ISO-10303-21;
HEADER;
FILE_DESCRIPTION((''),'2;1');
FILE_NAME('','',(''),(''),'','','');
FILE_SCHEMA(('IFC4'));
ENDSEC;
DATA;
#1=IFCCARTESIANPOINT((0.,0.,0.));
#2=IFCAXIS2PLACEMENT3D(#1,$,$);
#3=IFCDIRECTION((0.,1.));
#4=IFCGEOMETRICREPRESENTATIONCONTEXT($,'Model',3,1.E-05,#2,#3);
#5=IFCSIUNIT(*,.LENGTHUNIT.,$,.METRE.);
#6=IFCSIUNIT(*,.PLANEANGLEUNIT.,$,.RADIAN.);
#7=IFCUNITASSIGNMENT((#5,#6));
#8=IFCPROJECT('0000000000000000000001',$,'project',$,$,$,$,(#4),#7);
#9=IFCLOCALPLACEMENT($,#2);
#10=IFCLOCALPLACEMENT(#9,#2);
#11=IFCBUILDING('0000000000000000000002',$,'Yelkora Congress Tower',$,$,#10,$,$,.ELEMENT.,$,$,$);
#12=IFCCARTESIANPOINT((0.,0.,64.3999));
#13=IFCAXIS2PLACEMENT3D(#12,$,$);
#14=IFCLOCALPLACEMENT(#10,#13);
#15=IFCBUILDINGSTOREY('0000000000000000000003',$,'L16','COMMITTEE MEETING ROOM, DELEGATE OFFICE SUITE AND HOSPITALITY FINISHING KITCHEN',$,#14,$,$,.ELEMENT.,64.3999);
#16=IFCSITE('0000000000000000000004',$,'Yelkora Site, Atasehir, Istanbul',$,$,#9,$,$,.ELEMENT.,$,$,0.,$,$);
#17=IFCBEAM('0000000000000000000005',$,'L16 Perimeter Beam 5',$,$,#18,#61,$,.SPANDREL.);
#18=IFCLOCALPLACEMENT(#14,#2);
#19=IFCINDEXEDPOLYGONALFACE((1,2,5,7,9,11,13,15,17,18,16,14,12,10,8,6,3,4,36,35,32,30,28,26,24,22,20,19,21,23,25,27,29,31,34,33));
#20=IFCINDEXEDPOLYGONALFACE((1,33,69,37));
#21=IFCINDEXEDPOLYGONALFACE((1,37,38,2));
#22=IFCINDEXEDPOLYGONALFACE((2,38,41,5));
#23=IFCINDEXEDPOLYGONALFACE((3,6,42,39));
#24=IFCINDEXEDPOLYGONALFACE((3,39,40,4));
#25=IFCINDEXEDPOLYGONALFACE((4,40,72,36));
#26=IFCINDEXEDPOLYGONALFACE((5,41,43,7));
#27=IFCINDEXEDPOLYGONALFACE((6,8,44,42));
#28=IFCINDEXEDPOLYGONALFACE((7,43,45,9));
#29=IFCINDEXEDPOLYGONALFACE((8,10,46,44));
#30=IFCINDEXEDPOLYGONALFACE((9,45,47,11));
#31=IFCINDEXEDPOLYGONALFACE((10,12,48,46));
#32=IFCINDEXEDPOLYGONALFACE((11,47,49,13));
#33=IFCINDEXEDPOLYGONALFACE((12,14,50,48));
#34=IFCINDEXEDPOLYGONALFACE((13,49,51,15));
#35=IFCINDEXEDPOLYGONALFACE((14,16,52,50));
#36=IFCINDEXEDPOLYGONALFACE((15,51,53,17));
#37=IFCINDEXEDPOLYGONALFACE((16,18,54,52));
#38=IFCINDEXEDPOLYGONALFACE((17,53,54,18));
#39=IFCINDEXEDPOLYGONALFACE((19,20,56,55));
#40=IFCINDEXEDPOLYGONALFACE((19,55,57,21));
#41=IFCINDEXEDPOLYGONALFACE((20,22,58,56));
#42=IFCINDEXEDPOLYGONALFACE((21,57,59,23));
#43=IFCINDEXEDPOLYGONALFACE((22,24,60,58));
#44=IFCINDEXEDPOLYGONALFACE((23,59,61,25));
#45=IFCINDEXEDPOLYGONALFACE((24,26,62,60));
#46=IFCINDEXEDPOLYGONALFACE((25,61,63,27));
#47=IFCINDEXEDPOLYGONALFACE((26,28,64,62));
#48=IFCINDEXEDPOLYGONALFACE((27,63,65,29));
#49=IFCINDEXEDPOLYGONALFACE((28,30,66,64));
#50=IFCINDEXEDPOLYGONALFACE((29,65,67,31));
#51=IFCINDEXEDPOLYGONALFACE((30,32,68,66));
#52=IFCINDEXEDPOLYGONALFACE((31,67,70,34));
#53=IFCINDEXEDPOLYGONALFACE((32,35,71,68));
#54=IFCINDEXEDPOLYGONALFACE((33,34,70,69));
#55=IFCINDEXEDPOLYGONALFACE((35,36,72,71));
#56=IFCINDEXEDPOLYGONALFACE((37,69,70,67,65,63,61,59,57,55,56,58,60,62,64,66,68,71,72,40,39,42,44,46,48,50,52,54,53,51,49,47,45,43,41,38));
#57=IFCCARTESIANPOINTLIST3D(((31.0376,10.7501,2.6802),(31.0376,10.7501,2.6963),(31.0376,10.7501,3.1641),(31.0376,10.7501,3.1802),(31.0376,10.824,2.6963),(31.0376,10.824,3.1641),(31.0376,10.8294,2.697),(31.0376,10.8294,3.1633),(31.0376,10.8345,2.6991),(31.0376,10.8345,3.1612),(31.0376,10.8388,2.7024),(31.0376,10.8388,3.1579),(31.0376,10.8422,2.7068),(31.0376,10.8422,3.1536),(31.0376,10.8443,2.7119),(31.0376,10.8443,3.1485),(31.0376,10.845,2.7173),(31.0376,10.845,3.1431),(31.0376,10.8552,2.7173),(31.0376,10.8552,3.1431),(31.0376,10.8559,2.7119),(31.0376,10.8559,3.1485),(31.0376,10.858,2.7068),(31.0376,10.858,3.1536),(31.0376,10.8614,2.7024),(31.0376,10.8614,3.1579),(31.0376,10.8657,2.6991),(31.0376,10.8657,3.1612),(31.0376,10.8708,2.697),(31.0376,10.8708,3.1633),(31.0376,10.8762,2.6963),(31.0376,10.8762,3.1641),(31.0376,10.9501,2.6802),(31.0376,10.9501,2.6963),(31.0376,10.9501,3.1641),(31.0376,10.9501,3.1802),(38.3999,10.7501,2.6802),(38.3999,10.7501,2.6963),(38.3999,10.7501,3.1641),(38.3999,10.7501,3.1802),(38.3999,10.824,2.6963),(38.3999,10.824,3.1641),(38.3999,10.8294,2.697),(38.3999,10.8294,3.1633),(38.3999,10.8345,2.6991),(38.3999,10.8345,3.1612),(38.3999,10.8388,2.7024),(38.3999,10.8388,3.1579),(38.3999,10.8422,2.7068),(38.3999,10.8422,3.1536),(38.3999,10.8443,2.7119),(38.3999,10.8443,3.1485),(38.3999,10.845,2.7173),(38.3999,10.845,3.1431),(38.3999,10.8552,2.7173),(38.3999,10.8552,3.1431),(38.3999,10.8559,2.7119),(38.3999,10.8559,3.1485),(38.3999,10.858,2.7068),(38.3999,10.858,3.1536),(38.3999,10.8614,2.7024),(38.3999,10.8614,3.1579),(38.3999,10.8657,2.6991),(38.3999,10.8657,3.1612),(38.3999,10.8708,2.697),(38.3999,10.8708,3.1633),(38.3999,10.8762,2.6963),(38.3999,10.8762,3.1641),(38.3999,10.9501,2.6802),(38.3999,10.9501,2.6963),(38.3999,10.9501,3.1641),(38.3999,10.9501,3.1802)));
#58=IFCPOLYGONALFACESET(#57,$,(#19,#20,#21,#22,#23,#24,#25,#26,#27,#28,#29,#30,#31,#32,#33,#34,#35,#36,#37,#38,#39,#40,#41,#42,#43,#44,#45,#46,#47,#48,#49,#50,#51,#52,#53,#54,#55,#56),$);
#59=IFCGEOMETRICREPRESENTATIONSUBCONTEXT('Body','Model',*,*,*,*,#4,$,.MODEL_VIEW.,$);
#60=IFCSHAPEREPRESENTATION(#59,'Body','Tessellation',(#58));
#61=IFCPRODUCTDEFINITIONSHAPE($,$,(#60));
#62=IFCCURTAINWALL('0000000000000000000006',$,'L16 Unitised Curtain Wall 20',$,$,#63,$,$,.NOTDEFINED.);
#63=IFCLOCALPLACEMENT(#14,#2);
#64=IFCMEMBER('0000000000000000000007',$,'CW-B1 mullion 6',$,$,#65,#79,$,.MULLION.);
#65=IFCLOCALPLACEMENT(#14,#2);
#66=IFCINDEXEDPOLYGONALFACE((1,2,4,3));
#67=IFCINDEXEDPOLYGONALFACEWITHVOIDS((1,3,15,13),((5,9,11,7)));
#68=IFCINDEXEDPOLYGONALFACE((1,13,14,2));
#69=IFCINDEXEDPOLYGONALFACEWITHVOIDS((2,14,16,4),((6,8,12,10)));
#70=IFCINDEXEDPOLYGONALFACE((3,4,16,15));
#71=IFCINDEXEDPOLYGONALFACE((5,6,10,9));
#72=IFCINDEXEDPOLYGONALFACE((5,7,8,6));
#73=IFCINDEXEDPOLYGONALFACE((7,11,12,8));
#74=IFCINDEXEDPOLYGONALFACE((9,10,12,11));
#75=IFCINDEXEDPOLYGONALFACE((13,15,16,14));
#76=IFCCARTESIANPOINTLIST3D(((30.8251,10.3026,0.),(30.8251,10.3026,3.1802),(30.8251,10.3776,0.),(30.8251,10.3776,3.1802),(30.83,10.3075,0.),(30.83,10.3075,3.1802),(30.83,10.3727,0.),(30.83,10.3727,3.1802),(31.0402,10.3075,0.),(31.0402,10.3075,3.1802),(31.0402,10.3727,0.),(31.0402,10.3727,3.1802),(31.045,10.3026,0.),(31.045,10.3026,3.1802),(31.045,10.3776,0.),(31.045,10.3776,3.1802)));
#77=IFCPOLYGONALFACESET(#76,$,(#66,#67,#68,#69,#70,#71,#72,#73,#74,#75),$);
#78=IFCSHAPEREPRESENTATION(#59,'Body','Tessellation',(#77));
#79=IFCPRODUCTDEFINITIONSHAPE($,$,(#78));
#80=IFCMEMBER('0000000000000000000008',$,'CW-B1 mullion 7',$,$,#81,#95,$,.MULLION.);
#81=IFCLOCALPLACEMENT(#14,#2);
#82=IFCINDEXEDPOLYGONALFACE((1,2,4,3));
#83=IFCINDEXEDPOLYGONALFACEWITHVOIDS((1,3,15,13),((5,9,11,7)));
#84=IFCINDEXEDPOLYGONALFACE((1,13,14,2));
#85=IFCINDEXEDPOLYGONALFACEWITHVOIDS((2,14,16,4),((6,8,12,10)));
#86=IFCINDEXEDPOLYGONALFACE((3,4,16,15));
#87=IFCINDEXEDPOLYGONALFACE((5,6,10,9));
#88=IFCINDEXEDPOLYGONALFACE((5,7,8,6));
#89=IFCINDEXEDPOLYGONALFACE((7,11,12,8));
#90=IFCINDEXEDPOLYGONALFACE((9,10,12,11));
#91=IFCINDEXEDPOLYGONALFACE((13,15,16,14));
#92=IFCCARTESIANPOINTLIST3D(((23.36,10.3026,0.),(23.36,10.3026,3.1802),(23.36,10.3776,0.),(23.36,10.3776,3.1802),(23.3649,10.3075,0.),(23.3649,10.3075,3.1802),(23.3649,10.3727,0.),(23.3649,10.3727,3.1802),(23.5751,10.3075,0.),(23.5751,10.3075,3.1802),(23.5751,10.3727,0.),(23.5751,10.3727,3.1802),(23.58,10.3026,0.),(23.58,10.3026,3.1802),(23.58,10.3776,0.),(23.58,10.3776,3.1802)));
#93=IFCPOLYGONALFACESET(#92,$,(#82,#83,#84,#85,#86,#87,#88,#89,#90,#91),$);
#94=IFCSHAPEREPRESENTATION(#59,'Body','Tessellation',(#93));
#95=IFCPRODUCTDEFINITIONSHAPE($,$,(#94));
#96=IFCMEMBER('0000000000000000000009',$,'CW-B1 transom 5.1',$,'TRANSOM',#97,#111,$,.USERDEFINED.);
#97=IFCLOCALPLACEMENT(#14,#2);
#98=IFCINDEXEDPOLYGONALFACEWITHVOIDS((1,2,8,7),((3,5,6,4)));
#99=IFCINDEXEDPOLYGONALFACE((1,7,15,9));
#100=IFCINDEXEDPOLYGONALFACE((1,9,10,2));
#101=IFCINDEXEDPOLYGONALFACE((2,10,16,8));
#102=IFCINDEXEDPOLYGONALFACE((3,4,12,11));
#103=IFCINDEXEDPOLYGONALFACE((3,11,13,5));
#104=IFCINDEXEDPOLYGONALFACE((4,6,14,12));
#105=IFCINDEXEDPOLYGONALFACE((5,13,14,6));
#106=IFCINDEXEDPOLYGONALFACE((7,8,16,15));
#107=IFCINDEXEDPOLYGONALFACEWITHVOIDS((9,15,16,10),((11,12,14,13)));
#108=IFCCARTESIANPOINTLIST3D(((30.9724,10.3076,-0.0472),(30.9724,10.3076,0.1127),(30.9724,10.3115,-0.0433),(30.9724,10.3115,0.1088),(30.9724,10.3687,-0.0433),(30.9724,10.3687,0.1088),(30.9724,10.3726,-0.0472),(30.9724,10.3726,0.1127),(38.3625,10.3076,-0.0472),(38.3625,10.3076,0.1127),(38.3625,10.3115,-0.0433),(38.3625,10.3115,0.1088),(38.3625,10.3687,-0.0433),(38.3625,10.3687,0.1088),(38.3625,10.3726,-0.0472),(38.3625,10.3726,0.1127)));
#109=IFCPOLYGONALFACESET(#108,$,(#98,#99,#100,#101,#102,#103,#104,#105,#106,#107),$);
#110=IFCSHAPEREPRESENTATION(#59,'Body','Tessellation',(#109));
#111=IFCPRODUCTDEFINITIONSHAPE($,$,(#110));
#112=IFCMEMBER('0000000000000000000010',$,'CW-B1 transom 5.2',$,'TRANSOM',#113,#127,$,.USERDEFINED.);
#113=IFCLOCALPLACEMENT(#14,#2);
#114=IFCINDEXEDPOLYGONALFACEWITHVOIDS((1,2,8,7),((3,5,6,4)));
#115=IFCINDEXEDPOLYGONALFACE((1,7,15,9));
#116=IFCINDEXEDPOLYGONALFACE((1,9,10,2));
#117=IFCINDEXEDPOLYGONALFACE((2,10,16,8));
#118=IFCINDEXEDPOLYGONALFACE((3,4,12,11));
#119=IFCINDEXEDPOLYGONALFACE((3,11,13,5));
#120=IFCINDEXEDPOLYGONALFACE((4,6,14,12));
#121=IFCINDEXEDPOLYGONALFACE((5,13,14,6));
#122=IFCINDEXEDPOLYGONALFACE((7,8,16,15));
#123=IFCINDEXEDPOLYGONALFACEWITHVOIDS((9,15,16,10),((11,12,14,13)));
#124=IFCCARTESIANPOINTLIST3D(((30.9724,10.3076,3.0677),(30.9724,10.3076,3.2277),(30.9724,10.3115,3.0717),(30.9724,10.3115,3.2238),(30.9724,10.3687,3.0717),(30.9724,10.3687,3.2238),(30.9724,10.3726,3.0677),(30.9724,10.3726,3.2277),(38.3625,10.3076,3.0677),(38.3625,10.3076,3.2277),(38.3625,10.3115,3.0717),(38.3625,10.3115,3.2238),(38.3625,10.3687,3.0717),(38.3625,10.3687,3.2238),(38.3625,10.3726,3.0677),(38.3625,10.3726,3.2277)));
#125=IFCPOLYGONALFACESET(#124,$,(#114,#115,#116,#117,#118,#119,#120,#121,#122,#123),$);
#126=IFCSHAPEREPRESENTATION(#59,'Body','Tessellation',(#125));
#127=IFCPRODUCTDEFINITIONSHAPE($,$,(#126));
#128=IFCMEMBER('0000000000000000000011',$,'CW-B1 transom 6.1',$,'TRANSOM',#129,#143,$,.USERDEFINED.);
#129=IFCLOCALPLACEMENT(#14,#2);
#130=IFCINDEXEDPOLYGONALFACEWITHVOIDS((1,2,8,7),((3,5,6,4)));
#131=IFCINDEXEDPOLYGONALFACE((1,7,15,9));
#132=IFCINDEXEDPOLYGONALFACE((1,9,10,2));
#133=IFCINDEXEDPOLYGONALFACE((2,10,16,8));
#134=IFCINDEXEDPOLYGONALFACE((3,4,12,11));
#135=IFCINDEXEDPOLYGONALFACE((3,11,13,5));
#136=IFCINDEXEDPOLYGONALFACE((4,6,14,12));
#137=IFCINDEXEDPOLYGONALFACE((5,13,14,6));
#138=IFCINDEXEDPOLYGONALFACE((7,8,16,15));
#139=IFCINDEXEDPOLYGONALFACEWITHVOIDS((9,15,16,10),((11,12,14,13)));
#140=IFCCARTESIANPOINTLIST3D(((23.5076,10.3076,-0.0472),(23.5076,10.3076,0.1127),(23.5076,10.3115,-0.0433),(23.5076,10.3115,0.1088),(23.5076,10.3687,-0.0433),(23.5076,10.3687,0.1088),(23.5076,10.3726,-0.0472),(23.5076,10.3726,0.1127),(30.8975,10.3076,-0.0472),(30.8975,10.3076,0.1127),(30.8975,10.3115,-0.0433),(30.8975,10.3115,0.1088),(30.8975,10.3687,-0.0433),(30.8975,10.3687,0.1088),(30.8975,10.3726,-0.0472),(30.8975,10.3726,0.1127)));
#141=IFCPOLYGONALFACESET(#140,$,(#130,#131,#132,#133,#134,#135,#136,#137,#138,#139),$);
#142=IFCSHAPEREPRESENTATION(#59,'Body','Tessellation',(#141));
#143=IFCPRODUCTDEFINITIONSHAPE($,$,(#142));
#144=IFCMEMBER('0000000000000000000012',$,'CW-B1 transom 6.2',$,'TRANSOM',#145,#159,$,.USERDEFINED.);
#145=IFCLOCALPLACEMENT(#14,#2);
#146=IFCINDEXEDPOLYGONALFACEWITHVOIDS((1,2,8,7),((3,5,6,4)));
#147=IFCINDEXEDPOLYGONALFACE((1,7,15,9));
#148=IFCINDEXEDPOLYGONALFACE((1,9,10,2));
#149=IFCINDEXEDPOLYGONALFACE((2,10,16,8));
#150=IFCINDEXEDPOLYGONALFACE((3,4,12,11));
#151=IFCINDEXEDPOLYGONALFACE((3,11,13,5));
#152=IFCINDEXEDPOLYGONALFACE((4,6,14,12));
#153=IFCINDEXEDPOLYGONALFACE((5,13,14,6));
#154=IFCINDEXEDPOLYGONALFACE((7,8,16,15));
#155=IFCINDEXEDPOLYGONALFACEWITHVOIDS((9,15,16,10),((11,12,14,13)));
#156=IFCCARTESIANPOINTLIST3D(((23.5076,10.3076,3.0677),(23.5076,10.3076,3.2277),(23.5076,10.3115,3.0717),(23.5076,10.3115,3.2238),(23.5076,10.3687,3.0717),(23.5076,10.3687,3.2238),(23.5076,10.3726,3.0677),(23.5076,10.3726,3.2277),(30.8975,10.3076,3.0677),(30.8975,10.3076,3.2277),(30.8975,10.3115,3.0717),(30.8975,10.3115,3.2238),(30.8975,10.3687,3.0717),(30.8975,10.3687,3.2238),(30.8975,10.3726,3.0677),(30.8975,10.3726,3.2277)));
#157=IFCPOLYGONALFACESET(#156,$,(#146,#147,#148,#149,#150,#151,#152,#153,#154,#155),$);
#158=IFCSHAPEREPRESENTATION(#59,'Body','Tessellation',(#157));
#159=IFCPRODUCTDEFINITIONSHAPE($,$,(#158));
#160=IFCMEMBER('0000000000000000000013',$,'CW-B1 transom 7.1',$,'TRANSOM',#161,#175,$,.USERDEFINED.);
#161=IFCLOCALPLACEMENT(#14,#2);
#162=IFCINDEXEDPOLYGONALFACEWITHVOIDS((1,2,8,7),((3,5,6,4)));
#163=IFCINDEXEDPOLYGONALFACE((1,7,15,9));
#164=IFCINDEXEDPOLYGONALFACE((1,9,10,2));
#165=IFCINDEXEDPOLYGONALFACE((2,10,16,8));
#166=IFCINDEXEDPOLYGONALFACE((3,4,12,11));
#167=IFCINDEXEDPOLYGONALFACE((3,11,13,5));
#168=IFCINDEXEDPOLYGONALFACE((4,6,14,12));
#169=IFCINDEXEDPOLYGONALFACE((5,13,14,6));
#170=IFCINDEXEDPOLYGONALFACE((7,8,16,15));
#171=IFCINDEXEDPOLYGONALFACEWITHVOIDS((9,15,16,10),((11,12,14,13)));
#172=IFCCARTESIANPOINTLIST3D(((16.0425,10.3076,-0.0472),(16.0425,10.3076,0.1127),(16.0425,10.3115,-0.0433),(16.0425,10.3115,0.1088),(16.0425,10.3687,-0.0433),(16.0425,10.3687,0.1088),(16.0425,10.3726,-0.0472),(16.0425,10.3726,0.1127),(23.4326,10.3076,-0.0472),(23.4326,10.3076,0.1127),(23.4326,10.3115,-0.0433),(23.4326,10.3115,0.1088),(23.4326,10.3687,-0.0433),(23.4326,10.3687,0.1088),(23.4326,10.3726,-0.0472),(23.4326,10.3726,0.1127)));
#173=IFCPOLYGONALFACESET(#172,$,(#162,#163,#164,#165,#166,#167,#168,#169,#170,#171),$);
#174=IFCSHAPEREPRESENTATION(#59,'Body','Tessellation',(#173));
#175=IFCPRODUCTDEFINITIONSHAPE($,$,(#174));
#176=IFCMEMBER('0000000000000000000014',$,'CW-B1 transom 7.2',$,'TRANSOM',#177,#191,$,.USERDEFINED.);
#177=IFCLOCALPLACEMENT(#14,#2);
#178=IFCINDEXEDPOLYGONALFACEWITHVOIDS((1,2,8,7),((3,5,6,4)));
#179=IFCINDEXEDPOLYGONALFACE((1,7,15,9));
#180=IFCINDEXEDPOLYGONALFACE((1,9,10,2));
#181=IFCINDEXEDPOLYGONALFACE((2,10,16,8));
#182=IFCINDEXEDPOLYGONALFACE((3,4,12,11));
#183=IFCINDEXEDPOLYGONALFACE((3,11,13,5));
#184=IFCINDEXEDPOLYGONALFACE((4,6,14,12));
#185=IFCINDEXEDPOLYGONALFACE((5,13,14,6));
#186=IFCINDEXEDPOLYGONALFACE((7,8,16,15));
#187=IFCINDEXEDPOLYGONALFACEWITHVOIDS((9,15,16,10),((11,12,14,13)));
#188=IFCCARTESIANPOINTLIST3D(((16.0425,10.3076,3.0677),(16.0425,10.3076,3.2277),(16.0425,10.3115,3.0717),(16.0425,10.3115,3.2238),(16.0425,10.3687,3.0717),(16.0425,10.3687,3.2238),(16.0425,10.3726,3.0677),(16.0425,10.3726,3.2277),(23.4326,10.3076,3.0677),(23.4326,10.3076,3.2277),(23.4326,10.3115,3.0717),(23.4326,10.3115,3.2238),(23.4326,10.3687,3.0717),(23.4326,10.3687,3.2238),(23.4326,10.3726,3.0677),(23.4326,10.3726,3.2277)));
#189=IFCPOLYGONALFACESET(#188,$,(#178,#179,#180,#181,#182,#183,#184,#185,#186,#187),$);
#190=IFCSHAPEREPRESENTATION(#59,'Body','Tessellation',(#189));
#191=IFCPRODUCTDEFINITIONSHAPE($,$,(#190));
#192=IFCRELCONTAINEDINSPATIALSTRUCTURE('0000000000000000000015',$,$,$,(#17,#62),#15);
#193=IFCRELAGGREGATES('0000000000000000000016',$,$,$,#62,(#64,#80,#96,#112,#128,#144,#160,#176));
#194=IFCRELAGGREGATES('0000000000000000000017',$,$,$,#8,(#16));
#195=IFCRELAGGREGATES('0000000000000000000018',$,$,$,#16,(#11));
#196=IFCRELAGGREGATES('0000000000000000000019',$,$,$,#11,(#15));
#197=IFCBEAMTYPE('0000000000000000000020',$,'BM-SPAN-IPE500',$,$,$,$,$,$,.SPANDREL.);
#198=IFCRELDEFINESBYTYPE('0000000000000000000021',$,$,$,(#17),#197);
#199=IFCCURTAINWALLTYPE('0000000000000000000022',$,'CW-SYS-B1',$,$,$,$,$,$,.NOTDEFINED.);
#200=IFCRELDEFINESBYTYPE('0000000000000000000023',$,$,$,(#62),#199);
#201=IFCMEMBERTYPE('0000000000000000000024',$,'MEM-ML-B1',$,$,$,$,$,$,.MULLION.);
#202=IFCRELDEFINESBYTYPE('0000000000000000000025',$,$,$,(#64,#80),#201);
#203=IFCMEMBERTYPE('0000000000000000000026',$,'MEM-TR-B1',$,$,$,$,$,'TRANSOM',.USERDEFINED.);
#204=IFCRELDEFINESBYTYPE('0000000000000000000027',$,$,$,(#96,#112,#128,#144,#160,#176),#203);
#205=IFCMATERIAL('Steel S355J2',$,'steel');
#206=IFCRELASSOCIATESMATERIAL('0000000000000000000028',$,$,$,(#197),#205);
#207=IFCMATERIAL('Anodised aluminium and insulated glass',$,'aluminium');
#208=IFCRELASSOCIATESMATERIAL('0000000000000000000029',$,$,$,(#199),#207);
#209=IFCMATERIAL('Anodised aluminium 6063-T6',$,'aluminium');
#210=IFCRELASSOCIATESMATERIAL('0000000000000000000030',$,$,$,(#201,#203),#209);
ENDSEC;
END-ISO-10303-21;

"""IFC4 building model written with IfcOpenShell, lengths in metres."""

from ifc_helpers import new_model, si_unit, direction, frame, origin, origin_2d, place, context, subcontext, project, spatial, hollow_rectangle, i_section, extrude, material, material_profile, profile_set, type_object, element, aggregate, save


model = new_model("IFC4")

# Units and contexts
model_context = context("Model", 3, precision=1e-05, world=origin(), true_north=direction((0.0, 1.0)))
body_context = subcontext(model_context, "Body", "Model", "MODEL_VIEW")
ifc_project = project(units=[si_unit("LENGTHUNIT", "METRE"), si_unit("PLANEANGLEUNIT", "RADIAN")], contexts=[model_context])

# Site, building, storey
site_placement = place(None, origin())
site = spatial("IfcSite", under=ifc_project, at=site_placement, Name="Yelkora Site, Atasehir, Istanbul", CompositionType="ELEMENT", RefElevation=0.0)
building_placement = place(site_placement, origin())
building = spatial("IfcBuilding", under=site, at=building_placement, Name="Yelkora Congress Tower", CompositionType="ELEMENT")
storey_placement = place(building_placement, frame((0.0, 0.0, 64.3999)))
storey = spatial("IfcBuildingStorey", under=building, at=storey_placement, Name="L16", Description="COMMITTEE MEETING ROOM, DELEGATE OFFICE SUITE AND HOSPITALITY FINISHING KITCHEN", CompositionType="ELEMENT", Elevation=64.3999)

# Beam
ifc_material_1 = material(Name="Steel S355J2", Category="steel")
ifc_material_profile_1 = material_profile(ifc_material_1, i_section(OverallWidth=0.2, OverallDepth=0.5, WebThickness=0.0103, FlangeThickness=0.0161, FilletRadius=0.021, at=origin_2d()), Name="IPE 500")
ifc_profile_set_1 = profile_set([ifc_material_profile_1], Name="Steel S355J2")
beam_type_1 = type_object("IfcBeamType", Name="BM-SPAN-IPE500", PredefinedType="SPANDREL", material=ifc_profile_set_1)
beam_1_placement = place(storey_placement, frame((31.0376, 10.8501, 2.9302), z_axis=(1.0, 0.0, 0.0), x_axis=(0.0, 1.0, 0.0)))
element("IfcBeam", 1, at=beam_1_placement, inside=storey, type_object=beam_type_1, Name="L16 Perimeter Beam 5", PredefinedType="SPANDREL", context=body_context, shape_type="SweptSolid", body=[
    extrude(i_section(OverallWidth=0.2, OverallDepth=0.5, WebThickness=0.0103, FlangeThickness=0.0161, FilletRadius=0.021, at=origin_2d()), origin(), (0.0, 0.0, 1.0), 7.3623),
])

# Curtain wall, members
ifc_material_2 = material(Name="Anodised aluminium and insulated glass", Category="aluminium")
curtain_wall_type = type_object("IfcCurtainWallType", Name="CW-SYS-B1", PredefinedType="NOTDEFINED", material=ifc_material_2)
curtain_wall_placement = place(storey_placement, origin())
curtain_wall = element("IfcCurtainWall", 2, at=curtain_wall_placement, inside=storey, type_object=curtain_wall_type, Name="L16 Unitised Curtain Wall 20", PredefinedType="NOTDEFINED")
ifc_material_3 = material(Name="Anodised aluminium 6063-T6", Category="aluminium")
ifc_material_profile_2 = material_profile(ifc_material_3, hollow_rectangle(XDim=0.075, YDim=0.22, WallThickness=0.0049, at=origin_2d()), Name="ALU 75x220x5")
ifc_profile_set_2 = profile_set([ifc_material_profile_2], Name="Anodised aluminium 6063-T6")
member_type_1 = type_object("IfcMemberType", Name="MEM-ML-B1", PredefinedType="MULLION", material=ifc_profile_set_2)
member_1_placement = place(storey_placement, frame((30.9351, 10.3401, 0.0), z_axis=(0.0, 0.0, 1.0), x_axis=(0.0, -1.0, 0.0)))
member_1 = element("IfcMember", 3, at=member_1_placement, type_object=member_type_1, Name="CW-B1 mullion 6", PredefinedType="MULLION", context=body_context, shape_type="SweptSolid", body=[
    extrude(hollow_rectangle(XDim=0.075, YDim=0.22, WallThickness=0.0049, at=origin_2d()), origin(), (0.0, 0.0, 1.0), 3.1802),
])
member_2_placement = place(storey_placement, frame((23.47, 10.3401, 0.0), z_axis=(0.0, 0.0, 1.0), x_axis=(0.0, -1.0, 0.0)))
member_2 = element("IfcMember", 4, at=member_2_placement, type_object=member_type_1, Name="CW-B1 mullion 7", PredefinedType="MULLION", context=body_context, shape_type="SweptSolid", body=[
    extrude(hollow_rectangle(XDim=0.075, YDim=0.22, WallThickness=0.0049, at=origin_2d()), origin(), (0.0, 0.0, 1.0), 3.1802),
])
ifc_material_profile_3 = material_profile(ifc_material_3, hollow_rectangle(XDim=0.0649, YDim=0.1599, WallThickness=0.0039, at=origin_2d()), Name="ALU 65x160x4")
ifc_profile_set_3 = profile_set([ifc_material_profile_3], Name="Anodised aluminium 6063-T6")
member_type_2 = type_object("IfcMemberType", Name="MEM-TR-B1", ElementType="TRANSOM", PredefinedType="USERDEFINED", material=ifc_profile_set_3)
member_3_placement = place(storey_placement, frame((38.3625, 10.3401, 0.0327), z_axis=(-1.0, 0.0, 0.0), x_axis=(0.0, -1.0, 0.0)))
member_3 = element("IfcMember", 5, at=member_3_placement, type_object=member_type_2, Name="CW-B1 transom 5.1", ObjectType="TRANSOM", PredefinedType="USERDEFINED", context=body_context, shape_type="SweptSolid", body=[
    extrude(hollow_rectangle(XDim=0.0649, YDim=0.1599, WallThickness=0.0039, at=origin_2d()), origin(), (0.0, 0.0, 1.0), 7.3901),
])
member_4_placement = place(storey_placement, frame((38.3625, 10.3401, 3.1477), z_axis=(-1.0, 0.0, 0.0), x_axis=(0.0, -1.0, 0.0)))
member_4 = element("IfcMember", 6, at=member_4_placement, type_object=member_type_2, Name="CW-B1 transom 5.2", ObjectType="TRANSOM", PredefinedType="USERDEFINED", context=body_context, shape_type="SweptSolid", body=[
    extrude(hollow_rectangle(XDim=0.0649, YDim=0.1599, WallThickness=0.0039, at=origin_2d()), origin(), (0.0, 0.0, 1.0), 7.3901),
])
member_5_placement = place(storey_placement, frame((30.8975, 10.3401, 0.0327), z_axis=(-1.0, 0.0, 0.0), x_axis=(0.0, -1.0, 0.0)))
member_5 = element("IfcMember", 7, at=member_5_placement, type_object=member_type_2, Name="CW-B1 transom 6.1", ObjectType="TRANSOM", PredefinedType="USERDEFINED", context=body_context, shape_type="SweptSolid", body=[
    extrude(hollow_rectangle(XDim=0.0649, YDim=0.1599, WallThickness=0.0039, at=origin_2d()), origin(), (0.0, 0.0, 1.0), 7.3899),
])
member_6_placement = place(storey_placement, frame((30.8975, 10.3401, 3.1477), z_axis=(-1.0, 0.0, 0.0), x_axis=(0.0, -1.0, 0.0)))
member_6 = element("IfcMember", 8, at=member_6_placement, type_object=member_type_2, Name="CW-B1 transom 6.2", ObjectType="TRANSOM", PredefinedType="USERDEFINED", context=body_context, shape_type="SweptSolid", body=[
    extrude(hollow_rectangle(XDim=0.0649, YDim=0.1599, WallThickness=0.0039, at=origin_2d()), origin(), (0.0, 0.0, 1.0), 7.3899),
])
member_7_placement = place(storey_placement, frame((23.4326, 10.3401, 0.0327), z_axis=(-1.0, 0.0, 0.0), x_axis=(0.0, -1.0, 0.0)))
member_7 = element("IfcMember", 9, at=member_7_placement, type_object=member_type_2, Name="CW-B1 transom 7.1", ObjectType="TRANSOM", PredefinedType="USERDEFINED", context=body_context, shape_type="SweptSolid", body=[
    extrude(hollow_rectangle(XDim=0.0649, YDim=0.1599, WallThickness=0.0039, at=origin_2d()), origin(), (0.0, 0.0, 1.0), 7.3901),
])
member_8_placement = place(storey_placement, frame((23.4326, 10.3401, 3.1477), z_axis=(-1.0, 0.0, 0.0), x_axis=(0.0, -1.0, 0.0)))
member_8 = element("IfcMember", 10, at=member_8_placement, type_object=member_type_2, Name="CW-B1 transom 7.2", ObjectType="TRANSOM", PredefinedType="USERDEFINED", context=body_context, shape_type="SweptSolid", body=[
    extrude(hollow_rectangle(XDim=0.0649, YDim=0.1599, WallThickness=0.0039, at=origin_2d()), origin(), (0.0, 0.0, 1.0), 7.3901),
])
aggregate(curtain_wall, [member_1, member_2, member_3, member_4, member_5, member_6, member_7, member_8])

save(model, "model.ifc")
